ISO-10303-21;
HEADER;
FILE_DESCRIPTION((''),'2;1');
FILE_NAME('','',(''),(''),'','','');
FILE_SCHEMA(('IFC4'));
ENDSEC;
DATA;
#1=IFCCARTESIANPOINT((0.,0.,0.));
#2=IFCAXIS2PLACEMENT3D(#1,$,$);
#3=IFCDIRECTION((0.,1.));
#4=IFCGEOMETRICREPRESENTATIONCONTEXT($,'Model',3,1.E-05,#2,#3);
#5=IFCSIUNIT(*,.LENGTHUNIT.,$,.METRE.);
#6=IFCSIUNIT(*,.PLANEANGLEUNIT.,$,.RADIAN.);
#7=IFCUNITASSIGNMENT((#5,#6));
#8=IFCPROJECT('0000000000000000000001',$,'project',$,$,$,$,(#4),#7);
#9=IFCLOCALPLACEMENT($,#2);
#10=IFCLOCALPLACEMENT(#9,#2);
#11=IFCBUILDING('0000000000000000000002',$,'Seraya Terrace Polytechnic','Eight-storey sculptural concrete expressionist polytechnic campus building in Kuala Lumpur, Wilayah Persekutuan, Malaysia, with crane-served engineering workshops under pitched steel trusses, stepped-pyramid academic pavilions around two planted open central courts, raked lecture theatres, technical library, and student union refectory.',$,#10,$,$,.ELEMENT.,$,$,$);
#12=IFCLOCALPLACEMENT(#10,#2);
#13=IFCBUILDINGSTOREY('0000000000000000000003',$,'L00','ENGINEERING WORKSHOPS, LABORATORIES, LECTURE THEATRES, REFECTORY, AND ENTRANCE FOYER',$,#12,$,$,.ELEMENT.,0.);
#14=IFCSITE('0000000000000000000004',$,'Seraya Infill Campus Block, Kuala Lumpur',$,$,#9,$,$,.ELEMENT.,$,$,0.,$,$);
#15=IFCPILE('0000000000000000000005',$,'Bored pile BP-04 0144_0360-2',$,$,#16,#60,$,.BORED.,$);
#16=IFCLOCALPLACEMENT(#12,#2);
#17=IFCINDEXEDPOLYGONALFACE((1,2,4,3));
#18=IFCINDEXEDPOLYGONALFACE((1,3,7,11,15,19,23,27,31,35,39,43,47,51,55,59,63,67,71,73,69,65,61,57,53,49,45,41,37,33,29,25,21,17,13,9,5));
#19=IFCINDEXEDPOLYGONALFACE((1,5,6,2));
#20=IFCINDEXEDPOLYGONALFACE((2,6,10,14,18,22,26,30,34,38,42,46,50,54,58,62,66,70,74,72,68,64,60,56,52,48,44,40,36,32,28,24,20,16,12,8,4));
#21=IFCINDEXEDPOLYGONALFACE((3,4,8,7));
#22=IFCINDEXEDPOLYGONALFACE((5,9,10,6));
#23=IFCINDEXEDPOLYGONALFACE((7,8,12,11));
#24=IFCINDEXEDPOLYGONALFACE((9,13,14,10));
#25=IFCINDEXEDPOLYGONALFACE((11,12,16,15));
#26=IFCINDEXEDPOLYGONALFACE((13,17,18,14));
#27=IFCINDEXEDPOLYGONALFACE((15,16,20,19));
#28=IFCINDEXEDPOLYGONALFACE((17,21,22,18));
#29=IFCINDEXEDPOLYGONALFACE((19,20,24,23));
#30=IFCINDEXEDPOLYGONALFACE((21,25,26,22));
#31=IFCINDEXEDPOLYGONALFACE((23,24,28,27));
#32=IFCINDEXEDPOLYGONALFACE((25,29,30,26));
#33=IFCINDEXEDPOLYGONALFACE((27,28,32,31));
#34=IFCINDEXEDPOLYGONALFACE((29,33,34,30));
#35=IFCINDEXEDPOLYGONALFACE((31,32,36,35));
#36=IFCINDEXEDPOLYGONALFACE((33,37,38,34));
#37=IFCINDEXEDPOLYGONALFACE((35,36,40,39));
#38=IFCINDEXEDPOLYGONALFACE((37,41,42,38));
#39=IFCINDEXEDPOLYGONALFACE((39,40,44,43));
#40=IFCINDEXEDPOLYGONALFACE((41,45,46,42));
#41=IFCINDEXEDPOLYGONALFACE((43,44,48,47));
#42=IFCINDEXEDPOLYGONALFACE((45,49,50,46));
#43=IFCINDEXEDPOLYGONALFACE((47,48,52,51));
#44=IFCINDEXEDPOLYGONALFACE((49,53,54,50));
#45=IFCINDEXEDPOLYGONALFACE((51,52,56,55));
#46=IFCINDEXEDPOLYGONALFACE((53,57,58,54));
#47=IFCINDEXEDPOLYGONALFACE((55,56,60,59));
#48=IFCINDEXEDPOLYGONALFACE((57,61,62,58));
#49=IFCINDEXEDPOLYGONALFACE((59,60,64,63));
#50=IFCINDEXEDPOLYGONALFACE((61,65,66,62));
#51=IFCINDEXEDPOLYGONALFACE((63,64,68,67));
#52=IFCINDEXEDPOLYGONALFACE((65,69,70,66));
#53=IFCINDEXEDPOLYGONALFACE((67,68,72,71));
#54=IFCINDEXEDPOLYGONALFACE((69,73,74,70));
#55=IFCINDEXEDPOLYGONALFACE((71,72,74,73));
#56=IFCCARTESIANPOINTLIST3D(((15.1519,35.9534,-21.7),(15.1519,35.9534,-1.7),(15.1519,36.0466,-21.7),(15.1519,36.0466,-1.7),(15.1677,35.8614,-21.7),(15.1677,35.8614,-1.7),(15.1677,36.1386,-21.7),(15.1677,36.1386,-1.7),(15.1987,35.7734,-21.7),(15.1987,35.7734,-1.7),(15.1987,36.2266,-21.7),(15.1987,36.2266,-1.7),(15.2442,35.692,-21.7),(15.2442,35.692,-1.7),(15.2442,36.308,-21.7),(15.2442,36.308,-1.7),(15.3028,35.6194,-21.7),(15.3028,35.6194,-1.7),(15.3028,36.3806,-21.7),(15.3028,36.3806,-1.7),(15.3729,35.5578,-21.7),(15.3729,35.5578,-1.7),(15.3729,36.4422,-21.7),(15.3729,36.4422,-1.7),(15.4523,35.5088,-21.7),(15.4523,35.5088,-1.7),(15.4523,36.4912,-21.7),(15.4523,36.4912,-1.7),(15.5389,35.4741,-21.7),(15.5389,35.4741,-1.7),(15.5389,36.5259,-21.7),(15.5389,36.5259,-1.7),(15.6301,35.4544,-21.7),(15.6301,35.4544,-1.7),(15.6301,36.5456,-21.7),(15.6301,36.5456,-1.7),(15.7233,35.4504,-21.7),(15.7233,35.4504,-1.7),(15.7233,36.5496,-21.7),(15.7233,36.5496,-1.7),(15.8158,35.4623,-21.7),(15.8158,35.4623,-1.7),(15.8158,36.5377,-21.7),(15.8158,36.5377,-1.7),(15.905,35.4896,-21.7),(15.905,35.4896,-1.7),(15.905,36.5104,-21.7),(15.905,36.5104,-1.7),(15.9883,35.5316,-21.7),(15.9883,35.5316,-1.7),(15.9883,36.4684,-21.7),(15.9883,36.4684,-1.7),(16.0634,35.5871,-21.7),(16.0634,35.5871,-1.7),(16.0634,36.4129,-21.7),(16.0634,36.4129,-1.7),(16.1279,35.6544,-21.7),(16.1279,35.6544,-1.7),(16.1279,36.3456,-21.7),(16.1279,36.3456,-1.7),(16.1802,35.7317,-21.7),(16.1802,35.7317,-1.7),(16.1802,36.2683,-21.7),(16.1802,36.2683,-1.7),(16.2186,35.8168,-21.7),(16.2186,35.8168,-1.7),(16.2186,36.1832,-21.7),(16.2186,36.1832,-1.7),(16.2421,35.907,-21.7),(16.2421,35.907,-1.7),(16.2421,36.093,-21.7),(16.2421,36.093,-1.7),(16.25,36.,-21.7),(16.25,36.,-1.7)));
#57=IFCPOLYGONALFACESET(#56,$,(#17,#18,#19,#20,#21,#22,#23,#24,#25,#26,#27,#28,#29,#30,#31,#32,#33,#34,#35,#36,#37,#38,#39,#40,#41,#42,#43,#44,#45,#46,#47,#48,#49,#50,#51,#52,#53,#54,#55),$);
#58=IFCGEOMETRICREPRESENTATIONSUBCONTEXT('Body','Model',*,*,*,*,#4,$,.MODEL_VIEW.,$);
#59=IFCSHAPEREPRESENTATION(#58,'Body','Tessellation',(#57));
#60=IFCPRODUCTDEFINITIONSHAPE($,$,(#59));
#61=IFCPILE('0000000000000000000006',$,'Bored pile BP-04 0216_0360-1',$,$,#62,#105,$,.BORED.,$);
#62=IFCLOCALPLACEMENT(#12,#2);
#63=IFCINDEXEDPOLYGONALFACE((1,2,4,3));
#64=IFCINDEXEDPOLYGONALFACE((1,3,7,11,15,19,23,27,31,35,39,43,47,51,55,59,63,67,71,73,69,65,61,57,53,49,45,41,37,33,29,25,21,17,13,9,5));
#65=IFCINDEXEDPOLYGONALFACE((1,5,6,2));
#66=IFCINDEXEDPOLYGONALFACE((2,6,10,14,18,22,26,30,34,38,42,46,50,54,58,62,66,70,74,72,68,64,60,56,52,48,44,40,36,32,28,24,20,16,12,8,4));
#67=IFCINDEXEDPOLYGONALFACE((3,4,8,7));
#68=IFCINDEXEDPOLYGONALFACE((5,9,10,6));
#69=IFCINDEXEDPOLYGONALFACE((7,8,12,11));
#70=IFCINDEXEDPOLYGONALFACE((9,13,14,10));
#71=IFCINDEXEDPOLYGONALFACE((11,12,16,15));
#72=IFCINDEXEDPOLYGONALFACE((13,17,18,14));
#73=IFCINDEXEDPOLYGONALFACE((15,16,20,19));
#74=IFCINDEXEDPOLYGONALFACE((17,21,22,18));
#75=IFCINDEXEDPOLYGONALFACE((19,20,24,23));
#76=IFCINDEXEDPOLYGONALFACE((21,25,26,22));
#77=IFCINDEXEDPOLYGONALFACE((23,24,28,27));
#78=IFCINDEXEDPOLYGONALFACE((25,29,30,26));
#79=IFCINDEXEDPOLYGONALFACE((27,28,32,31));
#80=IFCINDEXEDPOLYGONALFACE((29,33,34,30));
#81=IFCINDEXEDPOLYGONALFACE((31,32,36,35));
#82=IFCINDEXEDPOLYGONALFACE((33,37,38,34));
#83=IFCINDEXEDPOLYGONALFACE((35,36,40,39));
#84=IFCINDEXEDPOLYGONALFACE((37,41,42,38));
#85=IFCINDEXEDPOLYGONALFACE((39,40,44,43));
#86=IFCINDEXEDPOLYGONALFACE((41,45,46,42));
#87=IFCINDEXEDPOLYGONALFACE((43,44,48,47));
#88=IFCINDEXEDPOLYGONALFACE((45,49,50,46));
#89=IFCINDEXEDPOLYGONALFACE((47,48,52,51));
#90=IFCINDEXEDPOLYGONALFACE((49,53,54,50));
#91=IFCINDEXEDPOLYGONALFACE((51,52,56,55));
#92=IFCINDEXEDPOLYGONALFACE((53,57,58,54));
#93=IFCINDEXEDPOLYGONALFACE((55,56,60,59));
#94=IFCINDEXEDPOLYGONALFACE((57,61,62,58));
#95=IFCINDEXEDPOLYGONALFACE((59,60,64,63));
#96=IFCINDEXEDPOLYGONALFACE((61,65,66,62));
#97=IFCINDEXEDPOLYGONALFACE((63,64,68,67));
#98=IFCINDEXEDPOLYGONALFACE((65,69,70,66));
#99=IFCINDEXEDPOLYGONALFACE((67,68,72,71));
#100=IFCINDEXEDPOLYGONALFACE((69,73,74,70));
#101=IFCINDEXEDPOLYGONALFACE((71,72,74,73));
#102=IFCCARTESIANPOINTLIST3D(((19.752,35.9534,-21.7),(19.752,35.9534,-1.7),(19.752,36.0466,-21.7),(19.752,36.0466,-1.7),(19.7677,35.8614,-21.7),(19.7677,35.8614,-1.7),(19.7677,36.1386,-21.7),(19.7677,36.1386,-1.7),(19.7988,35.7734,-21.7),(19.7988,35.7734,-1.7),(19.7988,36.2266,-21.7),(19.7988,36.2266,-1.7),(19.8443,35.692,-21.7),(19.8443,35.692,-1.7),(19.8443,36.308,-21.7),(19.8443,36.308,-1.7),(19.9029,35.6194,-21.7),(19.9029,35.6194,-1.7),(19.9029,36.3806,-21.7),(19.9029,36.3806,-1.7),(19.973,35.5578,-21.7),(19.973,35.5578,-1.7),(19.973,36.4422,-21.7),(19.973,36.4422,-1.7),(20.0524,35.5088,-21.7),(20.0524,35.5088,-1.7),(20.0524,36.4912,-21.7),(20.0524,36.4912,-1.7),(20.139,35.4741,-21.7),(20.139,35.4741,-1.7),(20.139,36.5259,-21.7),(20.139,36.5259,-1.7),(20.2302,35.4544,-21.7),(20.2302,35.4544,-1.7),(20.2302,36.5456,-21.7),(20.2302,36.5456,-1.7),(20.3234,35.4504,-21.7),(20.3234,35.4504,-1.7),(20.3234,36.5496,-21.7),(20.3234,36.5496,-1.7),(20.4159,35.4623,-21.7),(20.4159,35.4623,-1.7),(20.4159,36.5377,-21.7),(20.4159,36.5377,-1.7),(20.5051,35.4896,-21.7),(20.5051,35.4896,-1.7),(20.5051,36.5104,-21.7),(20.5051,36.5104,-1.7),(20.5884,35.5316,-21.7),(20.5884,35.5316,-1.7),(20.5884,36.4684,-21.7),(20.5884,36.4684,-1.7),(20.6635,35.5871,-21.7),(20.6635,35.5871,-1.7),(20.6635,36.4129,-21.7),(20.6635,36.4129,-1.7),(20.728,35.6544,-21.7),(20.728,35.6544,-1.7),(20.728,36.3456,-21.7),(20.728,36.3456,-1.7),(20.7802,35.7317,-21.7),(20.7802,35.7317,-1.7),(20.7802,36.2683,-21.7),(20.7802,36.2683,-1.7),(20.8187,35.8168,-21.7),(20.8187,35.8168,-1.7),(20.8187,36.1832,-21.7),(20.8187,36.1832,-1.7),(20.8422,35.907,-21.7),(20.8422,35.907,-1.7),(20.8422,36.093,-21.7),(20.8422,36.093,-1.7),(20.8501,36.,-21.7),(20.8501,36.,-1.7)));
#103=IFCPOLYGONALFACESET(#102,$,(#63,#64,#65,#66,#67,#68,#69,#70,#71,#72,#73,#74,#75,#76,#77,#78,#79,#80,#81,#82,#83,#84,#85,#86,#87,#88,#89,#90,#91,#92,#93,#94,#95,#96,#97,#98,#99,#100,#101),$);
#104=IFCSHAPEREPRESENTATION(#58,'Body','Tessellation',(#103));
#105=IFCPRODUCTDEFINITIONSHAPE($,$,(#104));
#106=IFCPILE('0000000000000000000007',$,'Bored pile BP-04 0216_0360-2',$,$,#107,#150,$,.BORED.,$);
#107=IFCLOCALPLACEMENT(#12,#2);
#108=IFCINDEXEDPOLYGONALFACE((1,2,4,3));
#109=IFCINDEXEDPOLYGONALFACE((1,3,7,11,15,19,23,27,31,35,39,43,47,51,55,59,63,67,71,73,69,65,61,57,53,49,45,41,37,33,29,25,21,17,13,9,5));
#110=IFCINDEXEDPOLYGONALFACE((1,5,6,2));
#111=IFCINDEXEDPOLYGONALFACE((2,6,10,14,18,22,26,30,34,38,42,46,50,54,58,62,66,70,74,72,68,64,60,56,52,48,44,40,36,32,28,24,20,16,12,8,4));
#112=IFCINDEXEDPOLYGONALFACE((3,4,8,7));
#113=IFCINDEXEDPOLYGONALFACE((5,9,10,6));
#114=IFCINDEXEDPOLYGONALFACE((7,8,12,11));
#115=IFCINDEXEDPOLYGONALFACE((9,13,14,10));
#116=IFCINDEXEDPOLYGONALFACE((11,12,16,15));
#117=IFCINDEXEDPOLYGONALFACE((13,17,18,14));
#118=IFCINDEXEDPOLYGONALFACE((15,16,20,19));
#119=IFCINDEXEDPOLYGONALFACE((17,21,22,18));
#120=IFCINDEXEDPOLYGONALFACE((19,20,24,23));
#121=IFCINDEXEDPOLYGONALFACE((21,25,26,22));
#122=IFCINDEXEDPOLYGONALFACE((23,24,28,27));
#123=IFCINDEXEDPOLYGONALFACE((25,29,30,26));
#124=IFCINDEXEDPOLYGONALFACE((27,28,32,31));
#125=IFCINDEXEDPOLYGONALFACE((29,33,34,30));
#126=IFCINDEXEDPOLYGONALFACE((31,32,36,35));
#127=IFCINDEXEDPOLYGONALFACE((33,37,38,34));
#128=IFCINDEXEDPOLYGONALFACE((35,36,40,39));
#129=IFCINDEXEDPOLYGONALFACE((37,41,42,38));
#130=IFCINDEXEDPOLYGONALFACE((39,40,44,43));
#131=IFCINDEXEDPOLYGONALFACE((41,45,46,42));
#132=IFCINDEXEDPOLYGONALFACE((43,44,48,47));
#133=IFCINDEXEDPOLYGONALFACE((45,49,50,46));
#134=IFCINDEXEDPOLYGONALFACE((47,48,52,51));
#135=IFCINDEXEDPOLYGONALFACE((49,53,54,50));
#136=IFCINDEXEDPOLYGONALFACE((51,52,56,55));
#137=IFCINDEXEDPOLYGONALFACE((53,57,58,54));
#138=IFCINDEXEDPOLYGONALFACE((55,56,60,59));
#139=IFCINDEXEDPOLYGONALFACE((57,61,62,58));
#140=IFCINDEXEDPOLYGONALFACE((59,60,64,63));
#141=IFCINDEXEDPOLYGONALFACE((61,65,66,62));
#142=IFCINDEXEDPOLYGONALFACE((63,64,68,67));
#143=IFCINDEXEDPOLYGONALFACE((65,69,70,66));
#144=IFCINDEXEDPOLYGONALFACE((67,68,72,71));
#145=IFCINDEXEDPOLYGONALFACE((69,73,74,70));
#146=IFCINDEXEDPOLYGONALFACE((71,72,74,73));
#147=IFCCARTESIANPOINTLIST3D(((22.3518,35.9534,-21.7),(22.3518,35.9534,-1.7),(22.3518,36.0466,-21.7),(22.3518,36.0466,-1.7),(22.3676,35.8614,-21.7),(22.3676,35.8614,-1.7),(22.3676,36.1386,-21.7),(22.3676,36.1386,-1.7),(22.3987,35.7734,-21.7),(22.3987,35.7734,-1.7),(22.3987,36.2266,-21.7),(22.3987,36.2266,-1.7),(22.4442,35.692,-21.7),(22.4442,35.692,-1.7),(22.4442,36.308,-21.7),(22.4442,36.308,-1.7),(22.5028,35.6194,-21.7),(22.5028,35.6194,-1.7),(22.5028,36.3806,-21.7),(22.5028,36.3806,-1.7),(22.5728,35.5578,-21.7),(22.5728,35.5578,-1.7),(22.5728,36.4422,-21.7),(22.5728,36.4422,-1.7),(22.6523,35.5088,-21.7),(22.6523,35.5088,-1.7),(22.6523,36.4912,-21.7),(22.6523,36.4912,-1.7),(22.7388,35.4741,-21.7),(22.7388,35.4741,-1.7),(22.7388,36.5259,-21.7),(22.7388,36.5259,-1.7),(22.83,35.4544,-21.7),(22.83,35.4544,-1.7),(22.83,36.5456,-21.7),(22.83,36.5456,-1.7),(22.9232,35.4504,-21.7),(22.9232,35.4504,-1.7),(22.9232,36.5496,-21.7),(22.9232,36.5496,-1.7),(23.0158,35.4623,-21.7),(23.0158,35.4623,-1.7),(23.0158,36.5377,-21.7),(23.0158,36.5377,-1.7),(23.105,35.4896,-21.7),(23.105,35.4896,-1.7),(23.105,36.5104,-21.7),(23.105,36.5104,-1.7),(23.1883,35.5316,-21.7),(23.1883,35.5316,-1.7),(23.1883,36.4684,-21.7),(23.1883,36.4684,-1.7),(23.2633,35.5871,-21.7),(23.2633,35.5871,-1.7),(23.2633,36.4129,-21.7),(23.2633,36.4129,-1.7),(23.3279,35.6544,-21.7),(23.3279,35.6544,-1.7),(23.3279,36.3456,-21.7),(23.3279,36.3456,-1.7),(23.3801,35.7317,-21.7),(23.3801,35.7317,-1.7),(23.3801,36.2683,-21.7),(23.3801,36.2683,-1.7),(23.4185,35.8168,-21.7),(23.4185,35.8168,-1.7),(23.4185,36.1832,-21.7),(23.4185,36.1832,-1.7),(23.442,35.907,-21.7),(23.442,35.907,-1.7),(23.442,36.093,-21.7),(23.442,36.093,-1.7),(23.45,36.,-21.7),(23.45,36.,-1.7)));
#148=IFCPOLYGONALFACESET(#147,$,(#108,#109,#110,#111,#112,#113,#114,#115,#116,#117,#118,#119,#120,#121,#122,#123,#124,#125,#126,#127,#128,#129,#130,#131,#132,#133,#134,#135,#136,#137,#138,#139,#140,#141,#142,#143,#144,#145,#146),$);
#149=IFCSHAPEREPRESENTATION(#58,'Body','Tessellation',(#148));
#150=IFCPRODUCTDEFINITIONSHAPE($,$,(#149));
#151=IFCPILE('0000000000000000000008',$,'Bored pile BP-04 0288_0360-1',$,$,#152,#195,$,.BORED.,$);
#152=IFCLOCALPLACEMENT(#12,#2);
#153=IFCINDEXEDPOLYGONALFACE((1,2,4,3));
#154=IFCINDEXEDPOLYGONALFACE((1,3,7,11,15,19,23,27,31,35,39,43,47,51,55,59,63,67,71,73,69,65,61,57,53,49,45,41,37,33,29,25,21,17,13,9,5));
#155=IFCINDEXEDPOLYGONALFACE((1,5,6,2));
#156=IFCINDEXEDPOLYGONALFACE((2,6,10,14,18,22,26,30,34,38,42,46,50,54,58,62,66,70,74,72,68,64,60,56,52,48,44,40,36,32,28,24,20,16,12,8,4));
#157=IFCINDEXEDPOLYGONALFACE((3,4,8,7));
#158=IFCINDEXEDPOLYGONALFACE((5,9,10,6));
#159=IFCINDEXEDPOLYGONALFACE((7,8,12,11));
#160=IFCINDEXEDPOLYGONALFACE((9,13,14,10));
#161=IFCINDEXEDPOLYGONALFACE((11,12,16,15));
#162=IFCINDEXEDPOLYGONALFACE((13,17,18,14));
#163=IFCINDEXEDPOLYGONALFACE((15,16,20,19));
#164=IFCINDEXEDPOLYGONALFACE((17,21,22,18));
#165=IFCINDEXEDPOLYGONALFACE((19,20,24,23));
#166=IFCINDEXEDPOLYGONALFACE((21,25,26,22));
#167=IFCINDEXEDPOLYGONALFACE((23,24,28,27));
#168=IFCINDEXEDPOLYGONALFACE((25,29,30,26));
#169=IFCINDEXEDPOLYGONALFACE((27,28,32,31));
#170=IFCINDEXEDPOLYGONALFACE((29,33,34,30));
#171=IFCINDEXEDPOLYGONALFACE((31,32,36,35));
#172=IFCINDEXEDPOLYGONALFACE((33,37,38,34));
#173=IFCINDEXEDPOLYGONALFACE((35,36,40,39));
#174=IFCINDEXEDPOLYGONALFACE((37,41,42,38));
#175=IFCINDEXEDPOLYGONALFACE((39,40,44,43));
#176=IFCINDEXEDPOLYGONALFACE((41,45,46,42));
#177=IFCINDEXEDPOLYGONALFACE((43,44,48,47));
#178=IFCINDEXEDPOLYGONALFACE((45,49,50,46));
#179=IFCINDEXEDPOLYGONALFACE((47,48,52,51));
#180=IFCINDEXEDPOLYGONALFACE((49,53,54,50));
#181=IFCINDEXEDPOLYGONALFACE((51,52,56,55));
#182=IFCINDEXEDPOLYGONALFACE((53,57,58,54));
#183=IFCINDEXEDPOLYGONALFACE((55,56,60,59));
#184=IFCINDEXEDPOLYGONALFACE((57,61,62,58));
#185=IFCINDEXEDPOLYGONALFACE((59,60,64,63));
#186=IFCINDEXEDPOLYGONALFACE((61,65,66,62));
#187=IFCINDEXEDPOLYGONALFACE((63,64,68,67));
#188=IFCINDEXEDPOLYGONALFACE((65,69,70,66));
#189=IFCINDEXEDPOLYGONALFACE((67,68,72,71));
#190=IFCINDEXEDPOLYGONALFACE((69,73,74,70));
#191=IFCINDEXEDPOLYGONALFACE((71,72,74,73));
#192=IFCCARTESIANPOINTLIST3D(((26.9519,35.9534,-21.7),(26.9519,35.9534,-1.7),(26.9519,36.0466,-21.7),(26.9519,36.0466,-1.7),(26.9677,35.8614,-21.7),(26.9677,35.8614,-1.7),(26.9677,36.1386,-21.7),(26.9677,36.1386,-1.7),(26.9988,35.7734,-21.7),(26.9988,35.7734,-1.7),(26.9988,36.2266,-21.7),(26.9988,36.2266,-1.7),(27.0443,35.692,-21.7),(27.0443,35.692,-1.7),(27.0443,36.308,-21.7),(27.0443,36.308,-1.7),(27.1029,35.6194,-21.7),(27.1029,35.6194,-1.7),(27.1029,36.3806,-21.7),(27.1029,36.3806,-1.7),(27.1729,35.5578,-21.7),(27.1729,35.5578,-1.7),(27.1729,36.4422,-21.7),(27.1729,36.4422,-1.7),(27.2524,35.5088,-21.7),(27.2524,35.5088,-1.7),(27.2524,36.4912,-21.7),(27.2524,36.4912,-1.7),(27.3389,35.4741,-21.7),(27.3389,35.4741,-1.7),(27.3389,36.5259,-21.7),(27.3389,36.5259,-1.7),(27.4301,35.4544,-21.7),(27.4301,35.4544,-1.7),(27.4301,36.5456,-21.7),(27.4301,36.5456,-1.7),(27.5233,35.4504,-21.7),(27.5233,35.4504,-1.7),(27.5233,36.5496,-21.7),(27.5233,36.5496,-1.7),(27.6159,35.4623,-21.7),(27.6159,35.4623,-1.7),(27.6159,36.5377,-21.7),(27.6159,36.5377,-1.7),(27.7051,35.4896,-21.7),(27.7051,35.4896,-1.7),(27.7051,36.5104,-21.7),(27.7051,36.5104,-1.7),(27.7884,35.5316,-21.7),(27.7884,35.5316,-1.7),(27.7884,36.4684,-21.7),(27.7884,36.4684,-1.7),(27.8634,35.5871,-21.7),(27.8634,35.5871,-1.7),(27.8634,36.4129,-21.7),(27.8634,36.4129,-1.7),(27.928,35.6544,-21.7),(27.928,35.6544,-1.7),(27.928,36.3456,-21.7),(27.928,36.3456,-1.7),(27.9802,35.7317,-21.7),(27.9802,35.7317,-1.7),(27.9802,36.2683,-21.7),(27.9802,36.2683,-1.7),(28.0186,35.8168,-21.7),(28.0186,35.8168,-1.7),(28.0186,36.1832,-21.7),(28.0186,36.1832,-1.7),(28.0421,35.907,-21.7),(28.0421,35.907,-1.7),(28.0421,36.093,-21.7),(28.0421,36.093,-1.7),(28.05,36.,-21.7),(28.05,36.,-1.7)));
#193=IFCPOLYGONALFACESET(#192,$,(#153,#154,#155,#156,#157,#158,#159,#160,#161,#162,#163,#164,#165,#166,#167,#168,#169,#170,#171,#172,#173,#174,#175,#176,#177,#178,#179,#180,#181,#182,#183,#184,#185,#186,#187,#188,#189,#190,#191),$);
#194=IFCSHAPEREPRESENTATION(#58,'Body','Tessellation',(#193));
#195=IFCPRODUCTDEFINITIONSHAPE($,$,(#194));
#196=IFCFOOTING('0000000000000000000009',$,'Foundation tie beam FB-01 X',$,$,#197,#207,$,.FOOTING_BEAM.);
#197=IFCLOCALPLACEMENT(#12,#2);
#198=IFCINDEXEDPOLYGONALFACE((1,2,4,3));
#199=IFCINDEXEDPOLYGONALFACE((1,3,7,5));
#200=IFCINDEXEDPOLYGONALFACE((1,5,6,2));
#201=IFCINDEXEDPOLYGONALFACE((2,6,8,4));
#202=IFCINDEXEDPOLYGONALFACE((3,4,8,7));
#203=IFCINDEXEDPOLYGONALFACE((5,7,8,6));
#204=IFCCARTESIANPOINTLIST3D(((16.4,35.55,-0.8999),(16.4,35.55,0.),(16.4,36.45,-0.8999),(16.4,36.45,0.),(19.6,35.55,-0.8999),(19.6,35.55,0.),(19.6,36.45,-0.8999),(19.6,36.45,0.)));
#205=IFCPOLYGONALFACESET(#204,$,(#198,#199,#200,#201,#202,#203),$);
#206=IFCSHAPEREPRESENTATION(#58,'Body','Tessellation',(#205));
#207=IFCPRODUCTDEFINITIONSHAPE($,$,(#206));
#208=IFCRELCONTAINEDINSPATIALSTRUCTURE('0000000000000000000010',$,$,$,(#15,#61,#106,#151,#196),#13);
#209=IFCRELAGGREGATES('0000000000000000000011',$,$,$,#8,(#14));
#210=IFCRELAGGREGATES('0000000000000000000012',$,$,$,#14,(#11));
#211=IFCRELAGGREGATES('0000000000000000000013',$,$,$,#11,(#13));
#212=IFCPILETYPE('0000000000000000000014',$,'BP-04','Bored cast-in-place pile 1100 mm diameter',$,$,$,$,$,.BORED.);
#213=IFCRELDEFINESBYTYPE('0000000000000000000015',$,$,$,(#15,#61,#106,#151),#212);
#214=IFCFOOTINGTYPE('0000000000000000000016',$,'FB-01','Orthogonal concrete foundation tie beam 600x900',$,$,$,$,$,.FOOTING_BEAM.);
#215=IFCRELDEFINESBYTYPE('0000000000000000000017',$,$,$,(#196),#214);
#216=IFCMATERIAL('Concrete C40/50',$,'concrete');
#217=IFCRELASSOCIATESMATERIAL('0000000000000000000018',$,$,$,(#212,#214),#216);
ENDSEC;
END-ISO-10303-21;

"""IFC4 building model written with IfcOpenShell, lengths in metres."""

from ifc_helpers import new_model, si_unit, direction, frame, origin, origin_2d, place, context, subcontext, project, spatial, rectangle, circle, extrude, material, material_profile, profile_set, type_object, element, save


model = new_model("IFC4")

# Units and contexts
model_context = context("Model", 3, precision=1e-05, world=origin(), true_north=direction((0.0, 1.0)))
body_context = subcontext(model_context, "Body", "Model", "MODEL_VIEW")
ifc_project = project(units=[si_unit("LENGTHUNIT", "METRE"), si_unit("PLANEANGLEUNIT", "RADIAN")], contexts=[model_context])

# Site, building, storey
site_placement = place(None, origin())
site = spatial("IfcSite", under=ifc_project, at=site_placement, Name="Seraya Infill Campus Block, Kuala Lumpur", CompositionType="ELEMENT", RefElevation=0.0)
building_placement = place(site_placement, origin())
building = spatial("IfcBuilding", under=site, at=building_placement, Name="Seraya Terrace Polytechnic", Description="Eight-storey sculptural concrete expressionist polytechnic campus building in Kuala Lumpur, Wilayah Persekutuan, Malaysia, with crane-served engineering workshops under pitched steel trusses, stepped-pyramid academic pavilions around two planted open central courts, raked lecture theatres, technical library, and student union refectory.", CompositionType="ELEMENT")
storey_placement = place(building_placement, origin())
storey = spatial("IfcBuildingStorey", under=building, at=storey_placement, Name="L00", Description="ENGINEERING WORKSHOPS, LABORATORIES, LECTURE THEATRES, REFECTORY, AND ENTRANCE FOYER", CompositionType="ELEMENT", Elevation=0.0)

# Piles
ifc_material_1 = material(Name="Concrete C40/50", Category="concrete")
ifc_material_profile_1 = material_profile(ifc_material_1, circle(Radius=0.55, at=origin_2d()), Name="DIA 1100")
ifc_profile_set_1 = profile_set([ifc_material_profile_1], Name="Concrete C40/50")
pile_type_1 = type_object("IfcPileType", Name="BP-04", Description="Bored cast-in-place pile 1100 mm diameter", PredefinedType="BORED", material=ifc_profile_set_1)
for number, where, z_axis, x_axis, name in (
    (1, (15.7, 36.0, -1.7), (0.0, 0.0, -1.0), (1.0, 0.0, 0.0), "Bored pile BP-04 0144_0360-2"),
    (2, (20.3, 36.0, -1.7), (0.0, 0.0, -1.0), (1.0, 0.0, 0.0), "Bored pile BP-04 0216_0360-1"),
    (3, (22.8999, 36.0, -1.7), (0.0, 0.0, -1.0), (1.0, 0.0, 0.0), "Bored pile BP-04 0216_0360-2"),
    (4, (27.5, 36.0, -1.7), (0.0, 0.0, -1.0), (1.0, 0.0, 0.0), "Bored pile BP-04 0288_0360-1"),
):
    element("IfcPile", number, at=place(storey_placement, frame(where, z_axis=z_axis, x_axis=x_axis)), inside=storey, type_object=pile_type_1, Name=name, PredefinedType="BORED", context=body_context, shape_type="SweptSolid", body=[
        extrude(circle(Radius=0.55, at=origin_2d()), origin(), (0.0, 0.0, 1.0), 20.0),
    ])

# Footing
footing_type_1 = type_object("IfcFootingType", Name="FB-01", Description="Orthogonal concrete foundation tie beam 600x900", PredefinedType="FOOTING_BEAM", material=ifc_material_1)
footing_1_placement = place(storey_placement, frame((18.0, 36.0, -0.8999), z_axis=(0.0, 0.0, 1.0), x_axis=(1.0, 0.0, 0.0)))
element("IfcFooting", 5, at=footing_1_placement, inside=storey, type_object=footing_type_1, Name="Foundation tie beam FB-01 X", PredefinedType="FOOTING_BEAM", context=body_context, shape_type="SweptSolid", body=[
    extrude(rectangle(XDim=3.2, YDim=0.8999, at=origin_2d()), origin(), (0.0, 0.0, 1.0), 0.8999),
])

save(model, "model.ifc")
